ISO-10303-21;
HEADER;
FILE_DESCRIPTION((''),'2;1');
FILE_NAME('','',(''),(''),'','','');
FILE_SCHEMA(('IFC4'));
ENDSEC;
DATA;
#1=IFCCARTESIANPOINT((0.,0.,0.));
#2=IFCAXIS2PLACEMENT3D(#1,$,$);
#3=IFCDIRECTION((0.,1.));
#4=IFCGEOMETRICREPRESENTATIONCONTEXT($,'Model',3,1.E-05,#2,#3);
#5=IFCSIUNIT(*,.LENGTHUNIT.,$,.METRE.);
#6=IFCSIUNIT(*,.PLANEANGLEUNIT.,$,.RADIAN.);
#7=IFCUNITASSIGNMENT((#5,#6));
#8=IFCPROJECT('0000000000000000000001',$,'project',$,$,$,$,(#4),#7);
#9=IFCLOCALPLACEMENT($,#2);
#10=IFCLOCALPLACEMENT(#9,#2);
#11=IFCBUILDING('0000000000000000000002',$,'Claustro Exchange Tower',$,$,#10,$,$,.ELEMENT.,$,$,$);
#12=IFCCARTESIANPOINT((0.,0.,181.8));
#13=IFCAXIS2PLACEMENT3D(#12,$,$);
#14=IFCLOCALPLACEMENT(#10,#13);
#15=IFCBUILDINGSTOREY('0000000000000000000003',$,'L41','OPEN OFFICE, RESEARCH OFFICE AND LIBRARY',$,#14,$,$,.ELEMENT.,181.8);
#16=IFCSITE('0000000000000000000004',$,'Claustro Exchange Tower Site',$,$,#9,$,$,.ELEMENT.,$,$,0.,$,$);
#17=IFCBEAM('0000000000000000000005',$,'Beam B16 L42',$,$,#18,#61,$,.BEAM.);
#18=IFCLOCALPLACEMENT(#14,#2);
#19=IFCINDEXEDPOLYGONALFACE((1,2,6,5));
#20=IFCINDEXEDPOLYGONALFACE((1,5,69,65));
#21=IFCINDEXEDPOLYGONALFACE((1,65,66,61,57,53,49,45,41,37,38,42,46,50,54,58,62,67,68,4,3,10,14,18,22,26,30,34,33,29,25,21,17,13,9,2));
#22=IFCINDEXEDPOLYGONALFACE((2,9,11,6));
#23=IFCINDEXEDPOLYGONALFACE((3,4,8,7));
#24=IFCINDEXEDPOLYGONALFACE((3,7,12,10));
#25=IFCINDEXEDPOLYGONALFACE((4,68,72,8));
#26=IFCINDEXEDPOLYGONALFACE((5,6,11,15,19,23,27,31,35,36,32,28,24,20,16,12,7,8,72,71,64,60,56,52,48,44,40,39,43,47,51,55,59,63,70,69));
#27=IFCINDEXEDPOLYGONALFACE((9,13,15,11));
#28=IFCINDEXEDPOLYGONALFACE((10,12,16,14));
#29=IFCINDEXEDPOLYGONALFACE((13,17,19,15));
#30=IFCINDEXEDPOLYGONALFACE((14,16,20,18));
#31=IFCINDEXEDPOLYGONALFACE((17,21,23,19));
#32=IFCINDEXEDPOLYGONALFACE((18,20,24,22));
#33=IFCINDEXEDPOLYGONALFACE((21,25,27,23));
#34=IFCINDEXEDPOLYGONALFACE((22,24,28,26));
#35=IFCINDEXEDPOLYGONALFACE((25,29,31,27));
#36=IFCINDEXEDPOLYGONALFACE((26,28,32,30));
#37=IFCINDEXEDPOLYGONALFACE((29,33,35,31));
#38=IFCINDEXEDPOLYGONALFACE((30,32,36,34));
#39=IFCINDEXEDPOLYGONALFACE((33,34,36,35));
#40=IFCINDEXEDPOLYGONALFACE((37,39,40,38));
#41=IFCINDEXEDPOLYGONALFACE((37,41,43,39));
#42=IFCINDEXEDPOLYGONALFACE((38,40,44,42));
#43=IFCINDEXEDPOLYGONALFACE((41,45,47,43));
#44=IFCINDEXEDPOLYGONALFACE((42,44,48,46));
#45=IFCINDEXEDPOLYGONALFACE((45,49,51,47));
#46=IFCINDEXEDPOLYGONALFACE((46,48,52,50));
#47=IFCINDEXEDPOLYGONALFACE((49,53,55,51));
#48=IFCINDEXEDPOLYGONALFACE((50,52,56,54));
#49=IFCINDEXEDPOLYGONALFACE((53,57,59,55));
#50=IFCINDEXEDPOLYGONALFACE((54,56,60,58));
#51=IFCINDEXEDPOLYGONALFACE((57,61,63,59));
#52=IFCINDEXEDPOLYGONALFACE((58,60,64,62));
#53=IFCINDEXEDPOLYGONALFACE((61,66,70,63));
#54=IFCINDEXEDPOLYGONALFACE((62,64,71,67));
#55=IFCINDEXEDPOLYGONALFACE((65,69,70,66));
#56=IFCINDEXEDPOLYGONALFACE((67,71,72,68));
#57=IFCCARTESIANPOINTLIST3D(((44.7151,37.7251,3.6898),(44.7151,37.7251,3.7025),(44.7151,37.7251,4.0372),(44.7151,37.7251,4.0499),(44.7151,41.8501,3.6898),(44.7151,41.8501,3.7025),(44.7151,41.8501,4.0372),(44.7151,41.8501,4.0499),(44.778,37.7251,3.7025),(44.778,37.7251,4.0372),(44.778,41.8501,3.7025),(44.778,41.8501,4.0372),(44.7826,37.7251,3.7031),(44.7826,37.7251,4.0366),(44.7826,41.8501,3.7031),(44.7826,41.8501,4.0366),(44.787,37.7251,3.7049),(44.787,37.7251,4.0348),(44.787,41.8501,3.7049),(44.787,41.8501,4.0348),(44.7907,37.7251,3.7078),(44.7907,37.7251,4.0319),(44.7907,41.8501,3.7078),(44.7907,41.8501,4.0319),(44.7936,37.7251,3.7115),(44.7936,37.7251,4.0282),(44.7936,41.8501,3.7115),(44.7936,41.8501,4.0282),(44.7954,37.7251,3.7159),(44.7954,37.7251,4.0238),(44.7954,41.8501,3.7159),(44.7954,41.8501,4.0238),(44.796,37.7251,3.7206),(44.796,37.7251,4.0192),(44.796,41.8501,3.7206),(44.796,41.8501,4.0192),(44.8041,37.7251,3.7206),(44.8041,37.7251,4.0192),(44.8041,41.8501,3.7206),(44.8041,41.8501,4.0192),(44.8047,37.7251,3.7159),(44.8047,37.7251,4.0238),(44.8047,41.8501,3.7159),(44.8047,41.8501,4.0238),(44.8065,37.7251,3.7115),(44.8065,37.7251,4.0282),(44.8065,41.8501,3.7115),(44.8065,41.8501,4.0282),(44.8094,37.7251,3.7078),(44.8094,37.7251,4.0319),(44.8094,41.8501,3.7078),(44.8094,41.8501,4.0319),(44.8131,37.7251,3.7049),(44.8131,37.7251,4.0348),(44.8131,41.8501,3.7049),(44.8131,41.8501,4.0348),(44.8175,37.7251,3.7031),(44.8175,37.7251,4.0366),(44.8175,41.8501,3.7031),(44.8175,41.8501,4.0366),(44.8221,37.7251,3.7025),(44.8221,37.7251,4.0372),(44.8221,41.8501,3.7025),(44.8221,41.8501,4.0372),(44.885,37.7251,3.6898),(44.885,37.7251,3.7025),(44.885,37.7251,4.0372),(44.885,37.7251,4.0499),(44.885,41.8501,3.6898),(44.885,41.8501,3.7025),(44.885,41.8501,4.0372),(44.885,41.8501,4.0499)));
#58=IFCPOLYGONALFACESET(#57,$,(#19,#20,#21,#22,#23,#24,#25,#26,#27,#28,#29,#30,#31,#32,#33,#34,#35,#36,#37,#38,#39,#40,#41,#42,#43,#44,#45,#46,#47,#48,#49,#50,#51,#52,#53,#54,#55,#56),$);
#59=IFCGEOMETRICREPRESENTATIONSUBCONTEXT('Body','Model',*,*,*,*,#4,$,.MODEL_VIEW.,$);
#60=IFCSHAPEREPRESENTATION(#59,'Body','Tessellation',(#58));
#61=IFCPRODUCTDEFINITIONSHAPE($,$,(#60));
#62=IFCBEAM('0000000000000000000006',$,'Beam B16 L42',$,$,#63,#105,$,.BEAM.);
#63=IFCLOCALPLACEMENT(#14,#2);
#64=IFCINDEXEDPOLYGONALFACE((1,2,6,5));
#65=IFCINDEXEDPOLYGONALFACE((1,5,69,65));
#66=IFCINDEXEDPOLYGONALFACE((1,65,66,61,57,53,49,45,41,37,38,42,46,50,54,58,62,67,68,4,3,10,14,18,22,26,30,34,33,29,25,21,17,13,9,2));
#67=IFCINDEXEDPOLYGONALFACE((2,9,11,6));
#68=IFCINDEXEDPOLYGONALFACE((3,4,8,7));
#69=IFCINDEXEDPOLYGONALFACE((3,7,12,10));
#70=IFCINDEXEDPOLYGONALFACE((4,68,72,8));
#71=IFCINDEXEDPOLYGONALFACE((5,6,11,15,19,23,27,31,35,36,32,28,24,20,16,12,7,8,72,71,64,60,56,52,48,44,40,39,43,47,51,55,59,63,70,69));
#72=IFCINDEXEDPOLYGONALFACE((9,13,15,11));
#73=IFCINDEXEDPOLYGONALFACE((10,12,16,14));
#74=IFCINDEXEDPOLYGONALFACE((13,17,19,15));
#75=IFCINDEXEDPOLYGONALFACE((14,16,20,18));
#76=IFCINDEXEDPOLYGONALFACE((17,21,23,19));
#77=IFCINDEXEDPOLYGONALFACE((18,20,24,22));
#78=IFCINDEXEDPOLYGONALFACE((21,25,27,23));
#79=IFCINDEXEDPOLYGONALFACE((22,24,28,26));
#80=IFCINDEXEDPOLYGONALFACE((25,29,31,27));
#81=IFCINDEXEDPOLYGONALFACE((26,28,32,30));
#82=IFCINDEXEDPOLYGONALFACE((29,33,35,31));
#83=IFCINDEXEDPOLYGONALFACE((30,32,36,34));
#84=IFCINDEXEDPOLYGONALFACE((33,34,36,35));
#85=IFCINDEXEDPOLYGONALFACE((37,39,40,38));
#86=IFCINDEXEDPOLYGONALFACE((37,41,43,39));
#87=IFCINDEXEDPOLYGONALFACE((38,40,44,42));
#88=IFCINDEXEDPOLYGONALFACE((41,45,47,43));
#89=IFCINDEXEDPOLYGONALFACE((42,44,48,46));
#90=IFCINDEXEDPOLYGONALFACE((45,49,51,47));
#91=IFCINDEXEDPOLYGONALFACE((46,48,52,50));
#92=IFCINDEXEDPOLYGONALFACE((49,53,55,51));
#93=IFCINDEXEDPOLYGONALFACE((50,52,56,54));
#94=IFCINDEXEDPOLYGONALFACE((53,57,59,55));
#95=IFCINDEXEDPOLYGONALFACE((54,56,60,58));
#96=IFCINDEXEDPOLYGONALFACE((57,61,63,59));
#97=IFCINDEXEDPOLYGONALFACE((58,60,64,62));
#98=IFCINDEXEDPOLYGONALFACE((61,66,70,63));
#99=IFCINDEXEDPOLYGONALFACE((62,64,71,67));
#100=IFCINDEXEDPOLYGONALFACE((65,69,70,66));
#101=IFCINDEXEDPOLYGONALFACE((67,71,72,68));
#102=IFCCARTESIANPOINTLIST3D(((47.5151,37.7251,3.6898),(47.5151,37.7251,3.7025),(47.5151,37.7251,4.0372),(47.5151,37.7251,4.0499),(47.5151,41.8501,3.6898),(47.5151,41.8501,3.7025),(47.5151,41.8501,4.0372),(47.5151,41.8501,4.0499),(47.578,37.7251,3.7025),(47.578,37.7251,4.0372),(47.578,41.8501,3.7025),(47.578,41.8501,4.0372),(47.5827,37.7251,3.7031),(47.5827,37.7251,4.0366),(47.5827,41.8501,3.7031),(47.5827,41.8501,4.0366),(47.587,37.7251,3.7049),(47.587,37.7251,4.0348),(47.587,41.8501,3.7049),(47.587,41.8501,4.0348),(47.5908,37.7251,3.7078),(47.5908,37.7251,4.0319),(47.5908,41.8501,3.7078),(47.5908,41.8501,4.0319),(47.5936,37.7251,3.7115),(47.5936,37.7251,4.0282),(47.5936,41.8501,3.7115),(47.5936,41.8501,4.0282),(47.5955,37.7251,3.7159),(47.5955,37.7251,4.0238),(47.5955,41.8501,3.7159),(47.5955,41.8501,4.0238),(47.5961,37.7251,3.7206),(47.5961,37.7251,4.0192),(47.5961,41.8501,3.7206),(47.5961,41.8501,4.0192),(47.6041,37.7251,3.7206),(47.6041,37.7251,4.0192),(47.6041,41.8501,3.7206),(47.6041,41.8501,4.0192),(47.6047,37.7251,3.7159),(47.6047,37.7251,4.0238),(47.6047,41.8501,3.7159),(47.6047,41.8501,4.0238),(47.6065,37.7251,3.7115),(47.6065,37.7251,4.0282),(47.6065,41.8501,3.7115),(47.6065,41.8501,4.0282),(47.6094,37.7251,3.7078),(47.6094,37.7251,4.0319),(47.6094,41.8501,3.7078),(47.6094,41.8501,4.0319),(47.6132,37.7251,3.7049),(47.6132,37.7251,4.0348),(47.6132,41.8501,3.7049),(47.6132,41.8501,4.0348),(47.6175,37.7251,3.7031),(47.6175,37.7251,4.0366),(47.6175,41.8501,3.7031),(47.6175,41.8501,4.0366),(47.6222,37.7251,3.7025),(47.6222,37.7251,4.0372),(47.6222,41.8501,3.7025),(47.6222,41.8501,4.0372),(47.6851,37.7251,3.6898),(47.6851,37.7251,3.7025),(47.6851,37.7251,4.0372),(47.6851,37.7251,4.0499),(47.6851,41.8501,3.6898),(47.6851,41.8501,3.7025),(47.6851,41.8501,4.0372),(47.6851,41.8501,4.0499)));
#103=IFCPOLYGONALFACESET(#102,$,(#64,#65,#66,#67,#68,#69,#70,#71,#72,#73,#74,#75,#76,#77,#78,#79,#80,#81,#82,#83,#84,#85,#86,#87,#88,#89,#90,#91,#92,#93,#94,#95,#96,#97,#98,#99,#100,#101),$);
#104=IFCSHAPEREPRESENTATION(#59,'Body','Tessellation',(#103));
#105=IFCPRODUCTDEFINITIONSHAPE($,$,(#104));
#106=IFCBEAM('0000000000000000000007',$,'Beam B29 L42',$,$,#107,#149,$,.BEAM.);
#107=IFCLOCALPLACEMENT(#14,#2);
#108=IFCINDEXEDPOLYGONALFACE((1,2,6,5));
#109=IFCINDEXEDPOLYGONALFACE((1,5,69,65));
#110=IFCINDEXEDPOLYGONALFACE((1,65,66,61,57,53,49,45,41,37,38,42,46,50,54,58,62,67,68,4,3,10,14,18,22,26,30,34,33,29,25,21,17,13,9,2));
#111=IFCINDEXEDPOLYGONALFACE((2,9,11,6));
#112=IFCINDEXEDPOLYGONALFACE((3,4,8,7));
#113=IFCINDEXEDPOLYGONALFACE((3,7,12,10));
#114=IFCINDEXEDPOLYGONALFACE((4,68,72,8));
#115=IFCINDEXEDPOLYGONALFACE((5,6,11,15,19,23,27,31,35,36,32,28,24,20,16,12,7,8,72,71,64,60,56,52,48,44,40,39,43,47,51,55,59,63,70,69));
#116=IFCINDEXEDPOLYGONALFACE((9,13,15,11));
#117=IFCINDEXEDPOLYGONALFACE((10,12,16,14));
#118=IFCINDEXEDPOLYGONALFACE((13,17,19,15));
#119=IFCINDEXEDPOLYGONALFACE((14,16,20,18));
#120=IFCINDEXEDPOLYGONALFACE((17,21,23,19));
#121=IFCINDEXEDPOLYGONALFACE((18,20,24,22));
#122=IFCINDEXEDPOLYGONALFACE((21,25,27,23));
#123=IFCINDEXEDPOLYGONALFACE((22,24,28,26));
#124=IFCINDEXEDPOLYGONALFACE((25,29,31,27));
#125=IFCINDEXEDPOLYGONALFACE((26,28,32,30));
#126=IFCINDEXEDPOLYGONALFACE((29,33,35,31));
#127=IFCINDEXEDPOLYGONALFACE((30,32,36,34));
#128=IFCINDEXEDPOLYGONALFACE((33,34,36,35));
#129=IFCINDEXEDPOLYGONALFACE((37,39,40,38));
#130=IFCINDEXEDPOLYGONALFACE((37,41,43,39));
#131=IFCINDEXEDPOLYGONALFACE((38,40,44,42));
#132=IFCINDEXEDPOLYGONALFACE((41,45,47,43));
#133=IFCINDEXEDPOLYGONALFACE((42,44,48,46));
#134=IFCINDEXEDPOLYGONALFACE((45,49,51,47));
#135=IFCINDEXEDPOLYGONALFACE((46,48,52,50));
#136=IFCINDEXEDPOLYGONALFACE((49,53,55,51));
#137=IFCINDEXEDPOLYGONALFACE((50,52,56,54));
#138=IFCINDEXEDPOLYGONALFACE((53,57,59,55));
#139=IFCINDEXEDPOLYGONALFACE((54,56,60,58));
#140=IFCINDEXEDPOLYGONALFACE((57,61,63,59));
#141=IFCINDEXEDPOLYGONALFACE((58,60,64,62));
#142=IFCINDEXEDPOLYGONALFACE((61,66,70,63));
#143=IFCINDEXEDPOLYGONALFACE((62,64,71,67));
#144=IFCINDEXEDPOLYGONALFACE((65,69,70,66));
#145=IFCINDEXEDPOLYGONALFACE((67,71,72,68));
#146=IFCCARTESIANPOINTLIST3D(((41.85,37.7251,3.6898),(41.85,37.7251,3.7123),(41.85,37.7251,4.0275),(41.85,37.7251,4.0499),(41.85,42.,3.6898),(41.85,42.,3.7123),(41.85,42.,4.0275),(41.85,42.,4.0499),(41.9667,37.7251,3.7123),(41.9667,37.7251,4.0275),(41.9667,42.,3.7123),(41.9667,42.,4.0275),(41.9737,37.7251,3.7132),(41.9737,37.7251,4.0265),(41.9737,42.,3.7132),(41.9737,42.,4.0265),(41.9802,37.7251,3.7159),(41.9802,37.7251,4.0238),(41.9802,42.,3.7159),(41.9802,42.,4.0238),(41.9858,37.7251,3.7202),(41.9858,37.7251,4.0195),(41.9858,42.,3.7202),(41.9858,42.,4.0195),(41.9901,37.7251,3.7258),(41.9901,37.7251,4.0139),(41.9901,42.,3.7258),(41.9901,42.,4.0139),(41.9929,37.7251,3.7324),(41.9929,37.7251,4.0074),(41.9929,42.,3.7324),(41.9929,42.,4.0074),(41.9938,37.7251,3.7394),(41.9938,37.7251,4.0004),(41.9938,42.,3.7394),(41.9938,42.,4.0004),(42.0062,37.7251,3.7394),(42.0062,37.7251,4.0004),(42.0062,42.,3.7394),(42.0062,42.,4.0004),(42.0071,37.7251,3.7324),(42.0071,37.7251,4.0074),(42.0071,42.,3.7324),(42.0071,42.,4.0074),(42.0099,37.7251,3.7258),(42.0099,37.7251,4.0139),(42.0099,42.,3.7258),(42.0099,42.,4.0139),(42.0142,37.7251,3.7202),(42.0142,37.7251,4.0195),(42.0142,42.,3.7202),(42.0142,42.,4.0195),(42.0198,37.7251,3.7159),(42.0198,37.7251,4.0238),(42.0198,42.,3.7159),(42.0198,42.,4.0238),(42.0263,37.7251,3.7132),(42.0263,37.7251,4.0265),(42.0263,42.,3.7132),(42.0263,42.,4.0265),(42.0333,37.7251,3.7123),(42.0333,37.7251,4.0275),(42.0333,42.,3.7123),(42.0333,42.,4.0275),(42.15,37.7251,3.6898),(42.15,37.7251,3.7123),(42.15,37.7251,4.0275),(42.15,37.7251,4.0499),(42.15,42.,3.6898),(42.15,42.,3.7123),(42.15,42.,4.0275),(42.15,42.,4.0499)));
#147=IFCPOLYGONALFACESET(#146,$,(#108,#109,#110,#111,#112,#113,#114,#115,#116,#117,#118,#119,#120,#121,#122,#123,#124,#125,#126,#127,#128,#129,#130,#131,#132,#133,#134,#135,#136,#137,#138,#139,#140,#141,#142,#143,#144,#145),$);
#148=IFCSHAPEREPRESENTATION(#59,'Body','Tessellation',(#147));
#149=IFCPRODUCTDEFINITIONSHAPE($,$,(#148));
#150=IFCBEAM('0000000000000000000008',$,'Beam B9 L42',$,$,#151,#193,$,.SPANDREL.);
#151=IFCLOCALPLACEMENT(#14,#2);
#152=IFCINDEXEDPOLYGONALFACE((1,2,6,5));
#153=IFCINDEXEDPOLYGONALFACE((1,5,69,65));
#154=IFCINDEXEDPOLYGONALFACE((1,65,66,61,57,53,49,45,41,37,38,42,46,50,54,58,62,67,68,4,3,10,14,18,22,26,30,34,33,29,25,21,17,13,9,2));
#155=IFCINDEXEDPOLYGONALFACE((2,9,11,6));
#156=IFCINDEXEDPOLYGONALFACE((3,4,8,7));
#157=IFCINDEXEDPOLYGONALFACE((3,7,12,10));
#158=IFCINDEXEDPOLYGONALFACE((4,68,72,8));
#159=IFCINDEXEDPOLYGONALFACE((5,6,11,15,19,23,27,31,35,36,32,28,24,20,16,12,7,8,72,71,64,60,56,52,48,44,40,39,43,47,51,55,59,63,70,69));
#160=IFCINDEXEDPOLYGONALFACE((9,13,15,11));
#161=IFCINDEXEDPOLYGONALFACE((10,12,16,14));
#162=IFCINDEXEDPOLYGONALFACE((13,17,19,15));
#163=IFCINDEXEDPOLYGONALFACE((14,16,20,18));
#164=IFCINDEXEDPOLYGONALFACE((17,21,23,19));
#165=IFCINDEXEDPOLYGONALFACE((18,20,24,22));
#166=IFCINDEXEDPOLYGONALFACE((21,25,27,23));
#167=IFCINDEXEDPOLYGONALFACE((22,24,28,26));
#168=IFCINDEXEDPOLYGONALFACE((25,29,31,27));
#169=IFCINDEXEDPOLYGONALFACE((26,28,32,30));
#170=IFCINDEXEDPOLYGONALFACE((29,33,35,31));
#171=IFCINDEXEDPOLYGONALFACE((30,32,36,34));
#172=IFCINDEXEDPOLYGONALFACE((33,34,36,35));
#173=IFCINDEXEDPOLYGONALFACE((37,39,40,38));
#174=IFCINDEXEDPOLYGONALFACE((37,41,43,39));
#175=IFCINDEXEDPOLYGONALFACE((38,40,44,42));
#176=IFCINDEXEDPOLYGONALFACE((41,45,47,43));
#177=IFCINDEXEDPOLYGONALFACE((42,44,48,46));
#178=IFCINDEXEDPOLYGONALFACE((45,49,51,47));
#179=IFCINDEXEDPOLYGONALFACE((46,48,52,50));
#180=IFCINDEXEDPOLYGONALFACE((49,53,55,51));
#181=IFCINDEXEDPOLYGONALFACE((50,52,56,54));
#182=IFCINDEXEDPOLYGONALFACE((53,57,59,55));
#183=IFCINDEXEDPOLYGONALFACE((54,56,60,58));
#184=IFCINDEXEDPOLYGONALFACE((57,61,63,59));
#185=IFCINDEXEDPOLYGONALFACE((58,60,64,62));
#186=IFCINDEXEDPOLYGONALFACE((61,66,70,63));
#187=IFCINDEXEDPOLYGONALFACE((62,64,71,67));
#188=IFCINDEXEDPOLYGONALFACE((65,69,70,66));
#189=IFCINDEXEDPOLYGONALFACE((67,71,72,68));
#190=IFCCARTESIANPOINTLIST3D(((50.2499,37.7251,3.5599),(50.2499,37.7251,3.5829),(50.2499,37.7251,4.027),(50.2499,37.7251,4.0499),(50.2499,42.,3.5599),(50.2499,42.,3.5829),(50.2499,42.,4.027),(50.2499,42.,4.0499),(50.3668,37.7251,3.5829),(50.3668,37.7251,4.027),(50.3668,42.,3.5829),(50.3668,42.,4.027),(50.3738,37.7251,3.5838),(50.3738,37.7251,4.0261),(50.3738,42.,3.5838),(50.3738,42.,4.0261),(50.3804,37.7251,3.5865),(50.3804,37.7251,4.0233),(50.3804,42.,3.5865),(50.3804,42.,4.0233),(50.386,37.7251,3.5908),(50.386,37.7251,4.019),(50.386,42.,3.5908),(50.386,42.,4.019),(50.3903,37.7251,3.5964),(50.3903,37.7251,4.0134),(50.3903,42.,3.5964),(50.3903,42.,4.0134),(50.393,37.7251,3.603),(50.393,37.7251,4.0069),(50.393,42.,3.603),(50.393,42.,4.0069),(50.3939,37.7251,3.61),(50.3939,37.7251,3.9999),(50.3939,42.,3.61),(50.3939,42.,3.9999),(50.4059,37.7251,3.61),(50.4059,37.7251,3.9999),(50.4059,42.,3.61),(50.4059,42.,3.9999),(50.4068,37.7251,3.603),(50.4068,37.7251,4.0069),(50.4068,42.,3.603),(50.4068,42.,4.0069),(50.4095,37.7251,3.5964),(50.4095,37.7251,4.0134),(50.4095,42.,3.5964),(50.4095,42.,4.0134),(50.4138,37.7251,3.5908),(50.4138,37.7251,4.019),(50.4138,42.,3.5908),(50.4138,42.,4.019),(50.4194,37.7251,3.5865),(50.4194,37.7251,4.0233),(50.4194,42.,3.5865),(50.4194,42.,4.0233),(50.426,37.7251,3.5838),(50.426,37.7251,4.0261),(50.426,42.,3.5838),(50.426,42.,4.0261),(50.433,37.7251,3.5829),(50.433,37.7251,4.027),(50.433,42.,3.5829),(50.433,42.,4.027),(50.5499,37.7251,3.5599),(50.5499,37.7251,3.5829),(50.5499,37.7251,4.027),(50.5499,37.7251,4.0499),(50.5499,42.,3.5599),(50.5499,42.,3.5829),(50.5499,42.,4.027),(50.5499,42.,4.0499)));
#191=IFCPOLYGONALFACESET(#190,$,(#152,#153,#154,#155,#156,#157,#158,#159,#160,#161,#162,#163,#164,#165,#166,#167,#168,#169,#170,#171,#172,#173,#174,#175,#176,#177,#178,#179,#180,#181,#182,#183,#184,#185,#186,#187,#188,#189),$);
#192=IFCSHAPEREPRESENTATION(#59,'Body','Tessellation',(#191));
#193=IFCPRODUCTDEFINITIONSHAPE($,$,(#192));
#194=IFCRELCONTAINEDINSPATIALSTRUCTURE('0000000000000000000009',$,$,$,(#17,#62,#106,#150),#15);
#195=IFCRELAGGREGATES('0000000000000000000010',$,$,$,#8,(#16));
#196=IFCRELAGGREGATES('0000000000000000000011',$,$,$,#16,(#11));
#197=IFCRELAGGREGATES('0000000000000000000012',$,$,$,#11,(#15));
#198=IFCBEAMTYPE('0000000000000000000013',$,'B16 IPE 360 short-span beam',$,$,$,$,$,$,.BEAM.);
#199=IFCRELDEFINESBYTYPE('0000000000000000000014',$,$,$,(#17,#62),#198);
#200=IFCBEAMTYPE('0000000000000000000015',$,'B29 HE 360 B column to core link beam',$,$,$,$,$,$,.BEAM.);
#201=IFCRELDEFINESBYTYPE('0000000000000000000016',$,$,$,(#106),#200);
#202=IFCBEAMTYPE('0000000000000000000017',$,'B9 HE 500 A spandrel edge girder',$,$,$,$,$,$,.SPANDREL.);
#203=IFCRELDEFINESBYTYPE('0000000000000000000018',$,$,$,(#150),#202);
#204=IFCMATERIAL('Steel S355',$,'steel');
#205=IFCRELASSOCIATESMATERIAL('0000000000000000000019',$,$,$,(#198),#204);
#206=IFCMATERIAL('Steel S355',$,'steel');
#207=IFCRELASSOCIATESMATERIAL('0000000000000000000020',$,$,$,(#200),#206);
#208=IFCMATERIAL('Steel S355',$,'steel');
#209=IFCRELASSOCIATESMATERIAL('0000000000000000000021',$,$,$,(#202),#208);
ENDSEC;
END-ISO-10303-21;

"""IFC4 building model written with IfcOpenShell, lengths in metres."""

from ifc_helpers import new_model, si_unit, direction, frame, origin, origin_2d, place, context, subcontext, project, spatial, i_section, extrude, material, material_profile, profile_set, type_object, element, save


model = new_model("IFC4")

# Units and contexts
model_context = context("Model", 3, precision=1e-05, world=origin(), true_north=direction((0.0, 1.0)))
body_context = subcontext(model_context, "Body", "Model", "MODEL_VIEW")
ifc_project = project(units=[si_unit("LENGTHUNIT", "METRE"), si_unit("PLANEANGLEUNIT", "RADIAN")], contexts=[model_context])

# Site, building, storey
site_placement = place(None, origin())
site = spatial("IfcSite", under=ifc_project, at=site_placement, Name="Claustro Exchange Tower Site", CompositionType="ELEMENT", RefElevation=0.0)
building_placement = place(site_placement, origin())
building = spatial("IfcBuilding", under=site, at=building_placement, Name="Claustro Exchange Tower", CompositionType="ELEMENT")
storey_placement = place(building_placement, frame((0.0, 0.0, 181.8)))
storey = spatial("IfcBuildingStorey", under=building, at=storey_placement, Name="L41", Description="OPEN OFFICE, RESEARCH OFFICE AND LIBRARY", CompositionType="ELEMENT", Elevation=181.8)

# Beams
ifc_material_1 = material(Name="Steel S355", Category="steel")
ifc_material_profile_1 = material_profile(ifc_material_1, i_section(OverallWidth=0.1699, OverallDepth=0.3601, WebThickness=0.0081, FlangeThickness=0.0127, FilletRadius=0.0181, at=origin_2d()), Name="IPE 360")
ifc_profile_set_1 = profile_set([ifc_material_profile_1], Name="Steel S355")
beam_type_1 = type_object("IfcBeamType", Name="B16 IPE 360 short-span beam", PredefinedType="BEAM", material=ifc_profile_set_1)
for number, where, z_axis, x_axis, name in (
    (1, (44.8, 37.7251, 3.8699), (0.0, 1.0, 0.0), (-1.0, 0.0, 0.0), "Beam B16 L42"),
    (2, (47.6001, 37.7251, 3.8699), (0.0, 1.0, 0.0), (-1.0, 0.0, 0.0), "Beam B16 L42"),
):
    element("IfcBeam", number, at=place(storey_placement, frame(where, z_axis=z_axis, x_axis=x_axis)), inside=storey, type_object=beam_type_1, Name=name, PredefinedType="BEAM", context=body_context, shape_type="SweptSolid", body=[
        extrude(i_section(OverallWidth=0.1699, OverallDepth=0.3601, WebThickness=0.0081, FlangeThickness=0.0127, FilletRadius=0.0181, at=origin_2d()), origin(), (0.0, 0.0, 1.0), 4.125),
    ])
ifc_material_2 = material(Name="Steel S355", Category="steel")
ifc_material_profile_2 = material_profile(ifc_material_2, i_section(OverallWidth=0.3, OverallDepth=0.3601, WebThickness=0.0125, FlangeThickness=0.0225, FilletRadius=0.0271, at=origin_2d()), Name="HE 360 B")
ifc_profile_set_2 = profile_set([ifc_material_profile_2], Name="Steel S355")
beam_type_2 = type_object("IfcBeamType", Name="B29 HE 360 B column to core link beam", PredefinedType="BEAM", material=ifc_profile_set_2)
beam_1_placement = place(storey_placement, frame((42.0, 37.7251, 3.8699), z_axis=(0.0, 1.0, 0.0), x_axis=(-1.0, 0.0, 0.0)))
element("IfcBeam", 3, at=beam_1_placement, inside=storey, type_object=beam_type_2, Name="Beam B29 L42", PredefinedType="BEAM", context=body_context, shape_type="SweptSolid", body=[
    extrude(i_section(OverallWidth=0.3, OverallDepth=0.3601, WebThickness=0.0125, FlangeThickness=0.0225, FilletRadius=0.0271, at=origin_2d()), origin(), (0.0, 0.0, 1.0), 4.2749),
])
ifc_material_3 = material(Name="Steel S355", Category="steel")
ifc_material_profile_3 = material_profile(ifc_material_3, i_section(OverallWidth=0.3, OverallDepth=0.49, WebThickness=0.012, FlangeThickness=0.0229, FilletRadius=0.0271, at=origin_2d()), Name="HE 500 A")
ifc_profile_set_3 = profile_set([ifc_material_profile_3], Name="Steel S355")
beam_type_3 = type_object("IfcBeamType", Name="B9 HE 500 A spandrel edge girder", PredefinedType="SPANDREL", material=ifc_profile_set_3)
beam_2_placement = place(storey_placement, frame((50.3999, 37.7251, 3.8049), z_axis=(0.0, 1.0, 0.0), x_axis=(-1.0, 0.0, 0.0)))
element("IfcBeam", 4, at=beam_2_placement, inside=storey, type_object=beam_type_3, Name="Beam B9 L42", PredefinedType="SPANDREL", context=body_context, shape_type="SweptSolid", body=[
    extrude(i_section(OverallWidth=0.3, OverallDepth=0.49, WebThickness=0.012, FlangeThickness=0.0229, FilletRadius=0.0271, at=origin_2d()), origin(), (0.0, 0.0, 1.0), 4.2749),
])

save(model, "model.ifc")
